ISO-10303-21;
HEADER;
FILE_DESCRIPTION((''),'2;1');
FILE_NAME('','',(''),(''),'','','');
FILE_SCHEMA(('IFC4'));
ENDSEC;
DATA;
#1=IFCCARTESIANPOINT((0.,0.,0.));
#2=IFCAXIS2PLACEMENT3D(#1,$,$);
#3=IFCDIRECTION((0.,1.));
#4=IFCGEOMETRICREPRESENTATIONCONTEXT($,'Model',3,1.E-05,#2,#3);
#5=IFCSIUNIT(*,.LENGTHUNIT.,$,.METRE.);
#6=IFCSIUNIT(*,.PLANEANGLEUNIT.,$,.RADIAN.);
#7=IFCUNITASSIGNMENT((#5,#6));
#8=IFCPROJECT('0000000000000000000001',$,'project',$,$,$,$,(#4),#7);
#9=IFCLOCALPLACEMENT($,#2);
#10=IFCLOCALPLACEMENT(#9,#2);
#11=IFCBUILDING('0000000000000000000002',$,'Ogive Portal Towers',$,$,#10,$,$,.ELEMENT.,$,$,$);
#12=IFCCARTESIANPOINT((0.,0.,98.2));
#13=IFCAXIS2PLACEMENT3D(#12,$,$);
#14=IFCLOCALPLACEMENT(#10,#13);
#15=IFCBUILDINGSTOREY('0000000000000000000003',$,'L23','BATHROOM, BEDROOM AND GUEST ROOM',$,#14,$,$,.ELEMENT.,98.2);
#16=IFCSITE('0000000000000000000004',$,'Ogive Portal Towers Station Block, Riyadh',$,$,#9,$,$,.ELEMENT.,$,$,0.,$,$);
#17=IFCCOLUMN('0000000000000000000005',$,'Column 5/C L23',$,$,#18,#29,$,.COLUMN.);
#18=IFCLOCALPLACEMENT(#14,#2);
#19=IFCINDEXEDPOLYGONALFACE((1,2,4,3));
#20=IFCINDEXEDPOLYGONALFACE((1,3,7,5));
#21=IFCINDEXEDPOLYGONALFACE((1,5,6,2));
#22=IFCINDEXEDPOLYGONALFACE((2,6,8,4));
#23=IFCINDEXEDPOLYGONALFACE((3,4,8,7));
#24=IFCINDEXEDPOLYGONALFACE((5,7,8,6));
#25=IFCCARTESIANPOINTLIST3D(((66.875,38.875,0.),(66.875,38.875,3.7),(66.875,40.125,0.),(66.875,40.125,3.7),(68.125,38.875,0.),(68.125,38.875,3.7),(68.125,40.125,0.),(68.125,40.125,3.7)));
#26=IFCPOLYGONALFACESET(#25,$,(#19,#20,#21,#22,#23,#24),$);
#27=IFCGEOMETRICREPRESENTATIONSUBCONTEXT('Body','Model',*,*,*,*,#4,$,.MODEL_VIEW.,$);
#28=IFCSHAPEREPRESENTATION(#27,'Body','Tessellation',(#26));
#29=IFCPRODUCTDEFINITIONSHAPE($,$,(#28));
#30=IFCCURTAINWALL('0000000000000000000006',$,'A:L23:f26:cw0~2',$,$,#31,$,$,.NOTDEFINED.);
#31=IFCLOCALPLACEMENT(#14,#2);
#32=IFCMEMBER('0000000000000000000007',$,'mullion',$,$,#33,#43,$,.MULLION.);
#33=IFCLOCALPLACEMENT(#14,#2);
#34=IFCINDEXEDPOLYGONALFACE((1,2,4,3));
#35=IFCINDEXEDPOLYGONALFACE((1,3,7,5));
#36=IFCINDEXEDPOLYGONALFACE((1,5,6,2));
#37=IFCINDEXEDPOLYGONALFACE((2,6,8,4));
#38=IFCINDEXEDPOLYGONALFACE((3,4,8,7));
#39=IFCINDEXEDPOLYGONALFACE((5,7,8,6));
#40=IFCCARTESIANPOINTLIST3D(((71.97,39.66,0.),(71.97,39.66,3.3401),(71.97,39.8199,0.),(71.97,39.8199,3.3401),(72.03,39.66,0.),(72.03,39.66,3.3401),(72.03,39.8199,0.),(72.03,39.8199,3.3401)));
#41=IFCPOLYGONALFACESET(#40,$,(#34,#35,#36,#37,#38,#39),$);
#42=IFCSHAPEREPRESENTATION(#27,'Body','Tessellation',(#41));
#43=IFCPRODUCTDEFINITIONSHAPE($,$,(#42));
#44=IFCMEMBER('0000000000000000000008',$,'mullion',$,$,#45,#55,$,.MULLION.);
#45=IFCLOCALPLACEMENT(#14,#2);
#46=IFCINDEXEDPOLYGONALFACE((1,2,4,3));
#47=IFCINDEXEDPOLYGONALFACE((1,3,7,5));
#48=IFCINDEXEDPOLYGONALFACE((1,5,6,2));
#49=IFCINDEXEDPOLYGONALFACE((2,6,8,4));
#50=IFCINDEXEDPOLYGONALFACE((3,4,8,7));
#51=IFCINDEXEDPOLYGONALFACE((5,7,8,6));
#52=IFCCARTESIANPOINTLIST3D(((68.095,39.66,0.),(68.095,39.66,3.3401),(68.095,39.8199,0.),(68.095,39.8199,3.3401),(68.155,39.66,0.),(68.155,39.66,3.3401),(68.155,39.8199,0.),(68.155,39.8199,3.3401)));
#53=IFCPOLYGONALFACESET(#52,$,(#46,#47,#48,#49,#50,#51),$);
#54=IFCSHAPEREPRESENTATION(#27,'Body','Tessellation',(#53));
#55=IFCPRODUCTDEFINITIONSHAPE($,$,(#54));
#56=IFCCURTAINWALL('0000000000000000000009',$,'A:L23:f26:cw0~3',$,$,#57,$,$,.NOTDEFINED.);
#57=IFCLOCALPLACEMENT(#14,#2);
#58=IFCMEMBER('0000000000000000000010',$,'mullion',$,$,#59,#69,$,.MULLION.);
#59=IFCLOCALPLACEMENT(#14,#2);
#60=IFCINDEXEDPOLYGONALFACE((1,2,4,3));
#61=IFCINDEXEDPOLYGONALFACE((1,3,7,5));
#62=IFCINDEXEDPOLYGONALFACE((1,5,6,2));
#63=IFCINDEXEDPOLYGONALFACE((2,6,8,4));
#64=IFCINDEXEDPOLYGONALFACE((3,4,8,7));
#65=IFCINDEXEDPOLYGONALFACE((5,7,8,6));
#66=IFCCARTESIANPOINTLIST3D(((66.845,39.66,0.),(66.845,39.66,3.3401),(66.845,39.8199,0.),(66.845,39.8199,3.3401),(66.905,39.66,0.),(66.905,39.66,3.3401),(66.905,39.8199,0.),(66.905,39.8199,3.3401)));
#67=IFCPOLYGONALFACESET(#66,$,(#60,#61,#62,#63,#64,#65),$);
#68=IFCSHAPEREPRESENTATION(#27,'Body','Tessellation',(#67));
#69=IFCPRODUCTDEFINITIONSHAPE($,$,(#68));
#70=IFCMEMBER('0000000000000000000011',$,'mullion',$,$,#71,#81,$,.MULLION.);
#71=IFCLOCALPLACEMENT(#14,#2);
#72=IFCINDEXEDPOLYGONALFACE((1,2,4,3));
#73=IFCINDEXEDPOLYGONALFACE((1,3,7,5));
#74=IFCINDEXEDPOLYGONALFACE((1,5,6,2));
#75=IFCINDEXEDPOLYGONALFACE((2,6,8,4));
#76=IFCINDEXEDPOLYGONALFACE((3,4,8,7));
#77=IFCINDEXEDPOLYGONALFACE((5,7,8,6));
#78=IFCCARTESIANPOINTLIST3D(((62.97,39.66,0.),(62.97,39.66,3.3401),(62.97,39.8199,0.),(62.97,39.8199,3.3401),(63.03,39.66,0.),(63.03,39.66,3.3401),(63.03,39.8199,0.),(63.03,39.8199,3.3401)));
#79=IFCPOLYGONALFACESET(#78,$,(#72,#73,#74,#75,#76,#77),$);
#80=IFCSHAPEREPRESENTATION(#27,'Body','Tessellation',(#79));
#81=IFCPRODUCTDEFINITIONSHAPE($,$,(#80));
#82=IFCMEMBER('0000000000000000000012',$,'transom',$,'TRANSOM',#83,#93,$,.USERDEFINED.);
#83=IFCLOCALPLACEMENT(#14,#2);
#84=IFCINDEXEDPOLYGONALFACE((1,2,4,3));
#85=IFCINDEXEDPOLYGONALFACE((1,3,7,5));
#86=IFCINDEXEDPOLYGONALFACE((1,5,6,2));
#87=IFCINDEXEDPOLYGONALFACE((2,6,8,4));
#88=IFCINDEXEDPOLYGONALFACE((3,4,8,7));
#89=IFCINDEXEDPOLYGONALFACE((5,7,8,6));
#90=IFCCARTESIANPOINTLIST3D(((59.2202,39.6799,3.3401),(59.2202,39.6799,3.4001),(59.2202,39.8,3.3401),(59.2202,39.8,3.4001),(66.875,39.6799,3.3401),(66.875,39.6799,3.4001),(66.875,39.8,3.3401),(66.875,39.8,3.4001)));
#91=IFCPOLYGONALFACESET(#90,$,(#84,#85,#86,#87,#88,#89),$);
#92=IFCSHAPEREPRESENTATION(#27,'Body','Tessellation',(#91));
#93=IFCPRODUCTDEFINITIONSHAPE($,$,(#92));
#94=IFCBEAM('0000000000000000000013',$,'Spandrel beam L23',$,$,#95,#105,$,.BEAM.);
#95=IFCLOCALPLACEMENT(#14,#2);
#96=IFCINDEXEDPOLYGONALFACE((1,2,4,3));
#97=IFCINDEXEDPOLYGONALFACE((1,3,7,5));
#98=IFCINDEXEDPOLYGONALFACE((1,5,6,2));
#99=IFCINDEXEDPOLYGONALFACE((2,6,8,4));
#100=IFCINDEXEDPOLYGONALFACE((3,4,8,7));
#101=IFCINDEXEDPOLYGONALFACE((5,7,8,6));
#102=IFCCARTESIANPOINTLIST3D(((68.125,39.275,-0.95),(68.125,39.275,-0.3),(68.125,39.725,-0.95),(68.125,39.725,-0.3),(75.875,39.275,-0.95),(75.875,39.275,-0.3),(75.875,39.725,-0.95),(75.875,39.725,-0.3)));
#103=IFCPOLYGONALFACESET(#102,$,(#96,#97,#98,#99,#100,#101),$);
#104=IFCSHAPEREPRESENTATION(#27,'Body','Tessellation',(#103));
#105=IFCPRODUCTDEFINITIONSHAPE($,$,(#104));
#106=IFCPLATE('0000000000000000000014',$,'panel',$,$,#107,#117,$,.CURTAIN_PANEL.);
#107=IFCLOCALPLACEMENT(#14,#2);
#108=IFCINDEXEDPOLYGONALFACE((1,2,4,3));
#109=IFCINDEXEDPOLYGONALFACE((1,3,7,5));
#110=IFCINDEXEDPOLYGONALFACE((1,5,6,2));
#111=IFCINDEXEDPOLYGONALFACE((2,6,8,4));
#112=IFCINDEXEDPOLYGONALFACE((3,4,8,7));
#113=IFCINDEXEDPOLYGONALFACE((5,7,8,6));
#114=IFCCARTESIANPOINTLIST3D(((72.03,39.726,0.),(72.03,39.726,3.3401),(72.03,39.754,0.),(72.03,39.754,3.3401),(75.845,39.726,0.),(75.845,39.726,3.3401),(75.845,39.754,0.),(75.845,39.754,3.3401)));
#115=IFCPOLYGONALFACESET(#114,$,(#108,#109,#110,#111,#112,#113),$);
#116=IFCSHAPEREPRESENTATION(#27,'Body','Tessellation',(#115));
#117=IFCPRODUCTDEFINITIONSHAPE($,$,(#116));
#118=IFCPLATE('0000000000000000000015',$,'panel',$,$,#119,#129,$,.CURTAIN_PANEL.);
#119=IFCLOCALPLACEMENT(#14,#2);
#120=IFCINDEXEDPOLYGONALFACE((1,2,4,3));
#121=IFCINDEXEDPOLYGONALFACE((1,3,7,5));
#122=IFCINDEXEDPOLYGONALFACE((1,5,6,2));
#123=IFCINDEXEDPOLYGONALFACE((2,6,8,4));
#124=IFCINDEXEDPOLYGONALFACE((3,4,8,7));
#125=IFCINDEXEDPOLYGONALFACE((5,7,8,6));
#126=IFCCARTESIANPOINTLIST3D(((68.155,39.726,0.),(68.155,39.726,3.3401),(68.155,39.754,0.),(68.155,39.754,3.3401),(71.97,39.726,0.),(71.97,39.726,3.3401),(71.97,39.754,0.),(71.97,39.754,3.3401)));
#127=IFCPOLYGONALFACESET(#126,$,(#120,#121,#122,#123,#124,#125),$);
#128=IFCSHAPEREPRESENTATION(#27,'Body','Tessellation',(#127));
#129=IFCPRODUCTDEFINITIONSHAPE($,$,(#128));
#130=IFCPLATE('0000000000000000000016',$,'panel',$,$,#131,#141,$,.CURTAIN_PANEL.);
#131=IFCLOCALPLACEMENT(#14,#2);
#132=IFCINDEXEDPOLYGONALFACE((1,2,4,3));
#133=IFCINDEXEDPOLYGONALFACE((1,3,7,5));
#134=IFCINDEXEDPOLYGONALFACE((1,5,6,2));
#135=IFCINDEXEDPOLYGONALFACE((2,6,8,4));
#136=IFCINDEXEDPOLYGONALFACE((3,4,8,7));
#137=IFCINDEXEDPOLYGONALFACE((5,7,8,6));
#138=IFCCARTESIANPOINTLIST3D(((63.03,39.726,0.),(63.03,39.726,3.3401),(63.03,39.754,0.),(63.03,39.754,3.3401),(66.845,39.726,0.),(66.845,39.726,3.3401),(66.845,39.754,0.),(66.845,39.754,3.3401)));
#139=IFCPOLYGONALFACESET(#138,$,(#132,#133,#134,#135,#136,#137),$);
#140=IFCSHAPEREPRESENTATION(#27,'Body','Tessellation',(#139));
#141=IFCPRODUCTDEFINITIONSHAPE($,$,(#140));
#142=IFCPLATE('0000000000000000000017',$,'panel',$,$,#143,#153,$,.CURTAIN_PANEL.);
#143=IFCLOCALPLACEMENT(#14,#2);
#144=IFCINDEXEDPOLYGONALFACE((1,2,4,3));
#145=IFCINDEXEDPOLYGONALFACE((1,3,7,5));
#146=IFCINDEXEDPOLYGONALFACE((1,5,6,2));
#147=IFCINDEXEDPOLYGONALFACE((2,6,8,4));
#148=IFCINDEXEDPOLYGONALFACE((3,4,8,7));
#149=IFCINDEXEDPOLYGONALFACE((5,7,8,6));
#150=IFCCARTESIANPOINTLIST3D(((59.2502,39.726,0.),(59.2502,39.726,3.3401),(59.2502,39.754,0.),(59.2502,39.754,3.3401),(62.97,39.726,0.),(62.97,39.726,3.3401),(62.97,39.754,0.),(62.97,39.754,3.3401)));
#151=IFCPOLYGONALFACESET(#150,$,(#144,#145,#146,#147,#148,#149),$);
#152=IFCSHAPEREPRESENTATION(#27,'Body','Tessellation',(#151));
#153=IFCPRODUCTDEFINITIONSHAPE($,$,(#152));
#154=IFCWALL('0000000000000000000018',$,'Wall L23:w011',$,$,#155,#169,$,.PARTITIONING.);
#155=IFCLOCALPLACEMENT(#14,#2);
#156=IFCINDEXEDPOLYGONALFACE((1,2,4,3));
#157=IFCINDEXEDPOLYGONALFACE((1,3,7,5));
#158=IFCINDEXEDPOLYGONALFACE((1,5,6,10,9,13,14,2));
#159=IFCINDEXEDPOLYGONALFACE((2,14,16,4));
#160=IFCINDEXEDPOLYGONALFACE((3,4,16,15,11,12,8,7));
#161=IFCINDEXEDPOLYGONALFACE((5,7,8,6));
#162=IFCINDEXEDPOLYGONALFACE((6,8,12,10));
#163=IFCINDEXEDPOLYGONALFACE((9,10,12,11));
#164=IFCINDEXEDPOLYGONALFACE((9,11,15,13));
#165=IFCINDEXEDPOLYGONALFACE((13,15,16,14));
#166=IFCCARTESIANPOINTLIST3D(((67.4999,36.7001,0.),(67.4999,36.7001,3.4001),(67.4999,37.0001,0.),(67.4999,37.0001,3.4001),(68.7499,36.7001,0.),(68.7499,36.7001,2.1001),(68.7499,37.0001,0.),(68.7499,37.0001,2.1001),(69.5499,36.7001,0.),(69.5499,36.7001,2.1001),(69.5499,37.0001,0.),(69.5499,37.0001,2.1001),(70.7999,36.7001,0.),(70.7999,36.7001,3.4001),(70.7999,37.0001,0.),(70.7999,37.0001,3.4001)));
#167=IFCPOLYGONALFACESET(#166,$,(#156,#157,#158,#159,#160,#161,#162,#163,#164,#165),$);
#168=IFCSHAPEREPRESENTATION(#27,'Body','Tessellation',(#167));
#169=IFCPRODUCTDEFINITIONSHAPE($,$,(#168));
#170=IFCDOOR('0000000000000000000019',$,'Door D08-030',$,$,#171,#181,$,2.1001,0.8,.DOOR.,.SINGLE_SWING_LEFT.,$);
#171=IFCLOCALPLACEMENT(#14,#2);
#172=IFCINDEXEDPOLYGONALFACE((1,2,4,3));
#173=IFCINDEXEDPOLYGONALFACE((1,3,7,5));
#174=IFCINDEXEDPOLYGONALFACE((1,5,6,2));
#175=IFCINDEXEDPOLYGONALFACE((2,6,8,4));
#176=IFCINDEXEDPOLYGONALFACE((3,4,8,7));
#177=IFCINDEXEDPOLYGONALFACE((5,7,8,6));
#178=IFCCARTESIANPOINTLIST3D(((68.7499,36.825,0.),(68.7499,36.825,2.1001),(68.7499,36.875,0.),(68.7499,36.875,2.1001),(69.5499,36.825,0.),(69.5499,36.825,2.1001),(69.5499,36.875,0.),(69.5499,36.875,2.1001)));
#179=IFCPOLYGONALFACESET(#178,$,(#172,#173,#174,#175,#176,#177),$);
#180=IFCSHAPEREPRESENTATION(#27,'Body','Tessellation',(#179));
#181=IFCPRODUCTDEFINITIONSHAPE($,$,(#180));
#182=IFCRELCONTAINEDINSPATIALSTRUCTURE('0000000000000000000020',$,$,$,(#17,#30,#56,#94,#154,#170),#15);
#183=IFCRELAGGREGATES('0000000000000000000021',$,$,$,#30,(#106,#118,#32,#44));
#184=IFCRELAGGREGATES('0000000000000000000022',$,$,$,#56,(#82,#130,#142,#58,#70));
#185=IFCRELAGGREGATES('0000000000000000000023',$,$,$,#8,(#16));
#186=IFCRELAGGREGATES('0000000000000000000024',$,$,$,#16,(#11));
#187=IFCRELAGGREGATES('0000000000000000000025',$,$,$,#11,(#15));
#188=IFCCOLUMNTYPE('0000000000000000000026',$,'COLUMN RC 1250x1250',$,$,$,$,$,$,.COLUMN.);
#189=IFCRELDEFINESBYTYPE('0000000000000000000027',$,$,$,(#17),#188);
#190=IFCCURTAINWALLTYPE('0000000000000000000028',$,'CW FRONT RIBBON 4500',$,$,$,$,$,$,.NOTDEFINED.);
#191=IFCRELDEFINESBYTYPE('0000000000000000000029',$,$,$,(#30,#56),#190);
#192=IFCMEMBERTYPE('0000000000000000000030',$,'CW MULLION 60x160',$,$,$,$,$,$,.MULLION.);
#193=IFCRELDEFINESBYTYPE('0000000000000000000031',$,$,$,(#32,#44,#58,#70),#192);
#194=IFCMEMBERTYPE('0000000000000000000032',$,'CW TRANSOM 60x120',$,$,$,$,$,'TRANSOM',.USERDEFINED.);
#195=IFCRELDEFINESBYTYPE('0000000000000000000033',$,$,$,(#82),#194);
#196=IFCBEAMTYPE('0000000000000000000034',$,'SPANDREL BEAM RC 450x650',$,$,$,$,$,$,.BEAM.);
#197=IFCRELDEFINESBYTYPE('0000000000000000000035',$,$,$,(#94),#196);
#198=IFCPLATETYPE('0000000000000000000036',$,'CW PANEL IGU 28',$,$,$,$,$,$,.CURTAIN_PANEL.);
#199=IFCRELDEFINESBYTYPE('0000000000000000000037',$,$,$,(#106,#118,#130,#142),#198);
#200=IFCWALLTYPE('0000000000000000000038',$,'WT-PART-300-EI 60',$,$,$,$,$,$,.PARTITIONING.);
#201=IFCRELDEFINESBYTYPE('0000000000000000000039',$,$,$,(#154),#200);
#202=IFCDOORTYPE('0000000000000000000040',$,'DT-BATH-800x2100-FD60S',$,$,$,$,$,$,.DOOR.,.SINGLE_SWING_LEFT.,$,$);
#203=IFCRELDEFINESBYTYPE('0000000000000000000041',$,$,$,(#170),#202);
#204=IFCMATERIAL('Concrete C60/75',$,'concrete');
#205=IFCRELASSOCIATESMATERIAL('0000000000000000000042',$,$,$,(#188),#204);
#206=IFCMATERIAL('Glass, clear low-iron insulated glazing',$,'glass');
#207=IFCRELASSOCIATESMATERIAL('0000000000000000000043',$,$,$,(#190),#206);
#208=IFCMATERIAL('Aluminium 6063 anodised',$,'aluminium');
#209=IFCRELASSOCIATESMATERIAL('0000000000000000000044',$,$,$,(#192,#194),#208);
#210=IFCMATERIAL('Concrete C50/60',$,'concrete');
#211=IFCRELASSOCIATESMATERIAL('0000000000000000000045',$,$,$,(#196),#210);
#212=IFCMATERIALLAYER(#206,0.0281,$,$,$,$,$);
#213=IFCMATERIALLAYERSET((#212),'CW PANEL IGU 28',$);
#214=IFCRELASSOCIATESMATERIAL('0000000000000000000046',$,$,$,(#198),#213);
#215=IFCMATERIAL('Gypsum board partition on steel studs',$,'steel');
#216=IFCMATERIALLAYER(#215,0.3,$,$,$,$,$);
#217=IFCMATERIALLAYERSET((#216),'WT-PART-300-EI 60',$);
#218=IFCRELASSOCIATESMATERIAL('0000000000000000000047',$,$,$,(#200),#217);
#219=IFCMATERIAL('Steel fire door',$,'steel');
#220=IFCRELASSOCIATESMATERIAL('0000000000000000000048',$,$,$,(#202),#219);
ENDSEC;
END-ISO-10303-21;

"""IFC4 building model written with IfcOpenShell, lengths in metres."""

from ifc_helpers import new_model, si_unit, direction, frame, frame_2d, origin, origin_2d, place, context, subcontext, project, spatial, rectangle, extrude, material, layer, layer_set, material_profile, profile_set, type_object, element, fill, aggregate, save


model = new_model("IFC4")

# Units and contexts
model_context = context("Model", 3, precision=1e-05, world=origin(), true_north=direction((0.0, 1.0)))
body_context = subcontext(model_context, "Body", "Model", "MODEL_VIEW")
ifc_project = project(units=[si_unit("LENGTHUNIT", "METRE"), si_unit("PLANEANGLEUNIT", "RADIAN")], contexts=[model_context])

# Site, building, storey
site_placement = place(None, origin())
site = spatial("IfcSite", under=ifc_project, at=site_placement, Name="Ogive Portal Towers Station Block, Riyadh", CompositionType="ELEMENT", RefElevation=0.0)
building_placement = place(site_placement, origin())
building = spatial("IfcBuilding", under=site, at=building_placement, Name="Ogive Portal Towers", CompositionType="ELEMENT")
storey_placement = place(building_placement, frame((0.0, 0.0, 98.2)))
storey = spatial("IfcBuildingStorey", under=building, at=storey_placement, Name="L23", Description="BATHROOM, BEDROOM AND GUEST ROOM", CompositionType="ELEMENT", Elevation=98.2)

# Column
ifc_material_1 = material(Name="Concrete C60/75", Category="concrete")
ifc_material_profile_1 = material_profile(ifc_material_1, rectangle(XDim=1.25, YDim=1.25, at=origin_2d()), Name="RC 1250x1250")
ifc_profile_set_1 = profile_set([ifc_material_profile_1], Name="Concrete C60/75")
column_type = type_object("IfcColumnType", Name="COLUMN RC 1250x1250", PredefinedType="COLUMN", material=ifc_profile_set_1)
column_placement = place(storey_placement, frame((67.5, 39.5, 0.0), z_axis=(0.0, 0.0, 1.0), x_axis=(1.0, 0.0, 0.0)))
element("IfcColumn", 1, at=column_placement, inside=storey, type_object=column_type, Name="Column 5/C L23", PredefinedType="COLUMN", context=body_context, shape_type="SweptSolid", body=[
    extrude(rectangle(XDim=1.25, YDim=1.25, at=origin_2d()), origin(), (0.0, 0.0, 1.0), 3.7),
])

# Curtain walls, members
ifc_material_2 = material(Name="Glass, clear low-iron insulated glazing", Category="glass")
curtain_wall_type = type_object("IfcCurtainWallType", Name="CW FRONT RIBBON 4500", PredefinedType="NOTDEFINED", material=ifc_material_2)
curtain_wall_1_placement = place(storey_placement, origin())
curtain_wall_1 = element("IfcCurtainWall", 2, at=curtain_wall_1_placement, inside=storey, type_object=curtain_wall_type, Name="A:L23:f26:cw0~2", PredefinedType="NOTDEFINED")
ifc_material_3 = material(Name="Aluminium 6063 anodised", Category="aluminium")
ifc_material_profile_2 = material_profile(ifc_material_3, rectangle(XDim=0.1599, YDim=0.0601, at=origin_2d()), Name="AL 60x160")
ifc_profile_set_2 = profile_set([ifc_material_profile_2], Name="Aluminium 6063 anodised")
member_type_1 = type_object("IfcMemberType", Name="CW MULLION 60x160", PredefinedType="MULLION", material=ifc_profile_set_2)
member_1_placement = place(storey_placement, frame((72.0, 39.74, 0.0), z_axis=(0.0, 0.0, 1.0), x_axis=(0.0, -1.0, 0.0)))
member_1 = element("IfcMember", 3, at=member_1_placement, type_object=member_type_1, Name="mullion", PredefinedType="MULLION", context=body_context, shape_type="SweptSolid", body=[
    extrude(rectangle(XDim=0.1599, YDim=0.0601, at=origin_2d()), origin(), (0.0, 0.0, 1.0), 3.3401),
])
member_2_placement = place(storey_placement, frame((68.125, 39.74, 0.0), z_axis=(0.0, 0.0, 1.0), x_axis=(0.0, -1.0, 0.0)))
member_2 = element("IfcMember", 4, at=member_2_placement, type_object=member_type_1, Name="mullion", PredefinedType="MULLION", context=body_context, shape_type="SweptSolid", body=[
    extrude(rectangle(XDim=0.1599, YDim=0.0601, at=origin_2d()), origin(), (0.0, 0.0, 1.0), 3.3401),
])
curtain_wall_2_placement = place(storey_placement, origin())
curtain_wall_2 = element("IfcCurtainWall", 5, at=curtain_wall_2_placement, inside=storey, type_object=curtain_wall_type, Name="A:L23:f26:cw0~3", PredefinedType="NOTDEFINED")
member_3_placement = place(storey_placement, frame((66.875, 39.74, 0.0), z_axis=(0.0, 0.0, 1.0), x_axis=(0.0, -1.0, 0.0)))
member_3 = element("IfcMember", 6, at=member_3_placement, type_object=member_type_1, Name="mullion", PredefinedType="MULLION", context=body_context, shape_type="SweptSolid", body=[
    extrude(rectangle(XDim=0.1599, YDim=0.0601, at=origin_2d()), origin(), (0.0, 0.0, 1.0), 3.3401),
])
member_4_placement = place(storey_placement, frame((63.0, 39.74, 0.0), z_axis=(0.0, 0.0, 1.0), x_axis=(0.0, -1.0, 0.0)))
member_4 = element("IfcMember", 7, at=member_4_placement, type_object=member_type_1, Name="mullion", PredefinedType="MULLION", context=body_context, shape_type="SweptSolid", body=[
    extrude(rectangle(XDim=0.1599, YDim=0.0601, at=origin_2d()), origin(), (0.0, 0.0, 1.0), 3.3401),
])
ifc_material_profile_3 = material_profile(ifc_material_3, rectangle(XDim=0.1201, YDim=0.0601, at=origin_2d()), Name="AL 120x60")
ifc_profile_set_3 = profile_set([ifc_material_profile_3], Name="Aluminium 6063 anodised")
member_type_2 = type_object("IfcMemberType", Name="CW TRANSOM 60x120", ElementType="TRANSOM", PredefinedType="USERDEFINED", material=ifc_profile_set_3)
member_5_placement = place(storey_placement, frame((66.875, 39.74, 3.3701), z_axis=(-1.0, 0.0, 0.0), x_axis=(0.0, -1.0, 0.0)))
member_5 = element("IfcMember", 8, at=member_5_placement, type_object=member_type_2, Name="transom", ObjectType="TRANSOM", PredefinedType="USERDEFINED", context=body_context, shape_type="SweptSolid", body=[
    extrude(rectangle(XDim=0.1201, YDim=0.0601, at=origin_2d()), origin(), (0.0, 0.0, 1.0), 7.6548),
])

# Beam
ifc_material_4 = material(Name="Concrete C50/60", Category="concrete")
ifc_material_profile_4 = material_profile(ifc_material_4, rectangle(XDim=0.45, YDim=0.6499, at=origin_2d()), Name="RC 450x650")
ifc_profile_set_4 = profile_set([ifc_material_profile_4], Name="Concrete C50/60")
beam_type = type_object("IfcBeamType", Name="SPANDREL BEAM RC 450x650", PredefinedType="BEAM", material=ifc_profile_set_4)
beam_placement = place(storey_placement, frame((68.125, 39.5, -0.625), z_axis=(1.0, 0.0, 0.0), x_axis=(0.0, 1.0, 0.0)))
element("IfcBeam", 9, at=beam_placement, inside=storey, type_object=beam_type, Name="Spandrel beam L23", PredefinedType="BEAM", context=body_context, shape_type="SweptSolid", body=[
    extrude(rectangle(XDim=0.45, YDim=0.6499, at=origin_2d()), origin(), (0.0, 0.0, 1.0), 7.75),
])

# Plates
ifc_layer_1 = layer(ifc_material_2, 0.0281)
ifc_layer_set_1 = layer_set([ifc_layer_1], Name="CW PANEL IGU 28")
plate_type = type_object("IfcPlateType", Name="CW PANEL IGU 28", PredefinedType="CURTAIN_PANEL", material=ifc_layer_set_1)
plate_1_placement = place(storey_placement, frame((73.9375, 39.74, 0.0), z_axis=(0.0, 0.0, 1.0), x_axis=(-1.0, 0.0, 0.0)))
plate_1 = element("IfcPlate", 10, at=plate_1_placement, type_object=plate_type, Name="panel", PredefinedType="CURTAIN_PANEL", context=body_context, shape_type="SweptSolid", body=[
    extrude(rectangle(XDim=3.8149, YDim=0.0281, at=origin_2d()), origin(), (0.0, 0.0, 1.0), 3.3401),
])
plate_2_placement = place(storey_placement, frame((70.0625, 39.74, 0.0), z_axis=(0.0, 0.0, 1.0), x_axis=(-1.0, 0.0, 0.0)))
plate_2 = element("IfcPlate", 11, at=plate_2_placement, type_object=plate_type, Name="panel", PredefinedType="CURTAIN_PANEL", context=body_context, shape_type="SweptSolid", body=[
    extrude(rectangle(XDim=3.8149, YDim=0.0281, at=origin_2d()), origin(), (0.0, 0.0, 1.0), 3.3401),
])
aggregate(curtain_wall_1, [plate_1, plate_2, member_1, member_2])
plate_3_placement = place(storey_placement, frame((64.9375, 39.74, 0.0), z_axis=(0.0, 0.0, 1.0), x_axis=(-1.0, 0.0, 0.0)))
plate_3 = element("IfcPlate", 12, at=plate_3_placement, type_object=plate_type, Name="panel", PredefinedType="CURTAIN_PANEL", context=body_context, shape_type="SweptSolid", body=[
    extrude(rectangle(XDim=3.8149, YDim=0.0281, at=origin_2d()), origin(), (0.0, 0.0, 1.0), 3.3401),
])
plate_4_placement = place(storey_placement, frame((61.1101, 39.74, 0.0), z_axis=(0.0, 0.0, 1.0), x_axis=(-1.0, 0.0, 0.0)))
plate_4 = element("IfcPlate", 13, at=plate_4_placement, type_object=plate_type, Name="panel", PredefinedType="CURTAIN_PANEL", context=body_context, shape_type="SweptSolid", body=[
    extrude(rectangle(XDim=3.7197, YDim=0.0281, at=origin_2d()), origin(), (0.0, 0.0, 1.0), 3.3401),
])
aggregate(curtain_wall_2, [member_5, plate_3, plate_4, member_3, member_4])

# Wall, opening, door
ifc_material_5 = material(Name="Gypsum board partition on steel studs", Category="steel")
ifc_layer_2 = layer(ifc_material_5, 0.3)
ifc_layer_set_2 = layer_set([ifc_layer_2], Name="WT-PART-300-EI 60")
wall_type = type_object("IfcWallType", Name="WT-PART-300-EI 60", PredefinedType="PARTITIONING", material=ifc_layer_set_2)
wall_1_placement = place(storey_placement, frame((67.5, 36.8501, 0.0), z_axis=(0.0, 0.0, 1.0), x_axis=(1.0, 0.0, 0.0)))
wall_1 = element("IfcWall", 14, at=wall_1_placement, inside=storey, type_object=wall_type, Name="Wall L23:w011", PredefinedType="PARTITIONING", context=body_context, shape_type="SweptSolid", body=[
    extrude(rectangle(XDim=3.3, YDim=0.3, at=frame_2d((1.6499, 0.0))), origin(), (0.0, 0.0, 1.0), 3.4001),
])
opening_placement = place(wall_1_placement, frame((1.25, 0.0, 0.0)))
opening = element("IfcOpeningElement", 15, at=opening_placement, cuts=wall_1, PredefinedType="OPENING", context=body_context, shape_type="SweptSolid", body=[
    extrude(rectangle(XDim=0.8, YDim=2.1001, at=frame_2d((0.3999, 1.05))), frame((0.0, 0.1602, 0.0), z_axis=(0.0, -1.0, 0.0), x_axis=(1.0, 0.0, 0.0)), (0.0, 0.0, 1.0), 0.3201),
])
ifc_material_6 = material(Name="Steel fire door", Category="steel")
door_type = type_object("IfcDoorType", Name="DT-BATH-800x2100-FD60S", OperationType="SINGLE_SWING_LEFT", PredefinedType="DOOR", material=ifc_material_6)
door_placement = place(opening_placement, origin())
door = element("IfcDoor", 16, at=door_placement, inside=storey, type_object=door_type, Name="Door D08-030", OperationType="SINGLE_SWING_LEFT", OverallHeight=2.1001, OverallWidth=0.8, PredefinedType="DOOR", context=body_context, shape_type="SweptSolid", body=[
    extrude(rectangle(XDim=0.8, YDim=2.1001, at=frame_2d((0.3999, 1.05))), frame((0.0, 0.0249, 0.0), z_axis=(0.0, -1.0, 0.0), x_axis=(1.0, 0.0, 0.0)), (0.0, 0.0, 1.0), 0.05),
])
fill(opening, door)

save(model, "model.ifc")
